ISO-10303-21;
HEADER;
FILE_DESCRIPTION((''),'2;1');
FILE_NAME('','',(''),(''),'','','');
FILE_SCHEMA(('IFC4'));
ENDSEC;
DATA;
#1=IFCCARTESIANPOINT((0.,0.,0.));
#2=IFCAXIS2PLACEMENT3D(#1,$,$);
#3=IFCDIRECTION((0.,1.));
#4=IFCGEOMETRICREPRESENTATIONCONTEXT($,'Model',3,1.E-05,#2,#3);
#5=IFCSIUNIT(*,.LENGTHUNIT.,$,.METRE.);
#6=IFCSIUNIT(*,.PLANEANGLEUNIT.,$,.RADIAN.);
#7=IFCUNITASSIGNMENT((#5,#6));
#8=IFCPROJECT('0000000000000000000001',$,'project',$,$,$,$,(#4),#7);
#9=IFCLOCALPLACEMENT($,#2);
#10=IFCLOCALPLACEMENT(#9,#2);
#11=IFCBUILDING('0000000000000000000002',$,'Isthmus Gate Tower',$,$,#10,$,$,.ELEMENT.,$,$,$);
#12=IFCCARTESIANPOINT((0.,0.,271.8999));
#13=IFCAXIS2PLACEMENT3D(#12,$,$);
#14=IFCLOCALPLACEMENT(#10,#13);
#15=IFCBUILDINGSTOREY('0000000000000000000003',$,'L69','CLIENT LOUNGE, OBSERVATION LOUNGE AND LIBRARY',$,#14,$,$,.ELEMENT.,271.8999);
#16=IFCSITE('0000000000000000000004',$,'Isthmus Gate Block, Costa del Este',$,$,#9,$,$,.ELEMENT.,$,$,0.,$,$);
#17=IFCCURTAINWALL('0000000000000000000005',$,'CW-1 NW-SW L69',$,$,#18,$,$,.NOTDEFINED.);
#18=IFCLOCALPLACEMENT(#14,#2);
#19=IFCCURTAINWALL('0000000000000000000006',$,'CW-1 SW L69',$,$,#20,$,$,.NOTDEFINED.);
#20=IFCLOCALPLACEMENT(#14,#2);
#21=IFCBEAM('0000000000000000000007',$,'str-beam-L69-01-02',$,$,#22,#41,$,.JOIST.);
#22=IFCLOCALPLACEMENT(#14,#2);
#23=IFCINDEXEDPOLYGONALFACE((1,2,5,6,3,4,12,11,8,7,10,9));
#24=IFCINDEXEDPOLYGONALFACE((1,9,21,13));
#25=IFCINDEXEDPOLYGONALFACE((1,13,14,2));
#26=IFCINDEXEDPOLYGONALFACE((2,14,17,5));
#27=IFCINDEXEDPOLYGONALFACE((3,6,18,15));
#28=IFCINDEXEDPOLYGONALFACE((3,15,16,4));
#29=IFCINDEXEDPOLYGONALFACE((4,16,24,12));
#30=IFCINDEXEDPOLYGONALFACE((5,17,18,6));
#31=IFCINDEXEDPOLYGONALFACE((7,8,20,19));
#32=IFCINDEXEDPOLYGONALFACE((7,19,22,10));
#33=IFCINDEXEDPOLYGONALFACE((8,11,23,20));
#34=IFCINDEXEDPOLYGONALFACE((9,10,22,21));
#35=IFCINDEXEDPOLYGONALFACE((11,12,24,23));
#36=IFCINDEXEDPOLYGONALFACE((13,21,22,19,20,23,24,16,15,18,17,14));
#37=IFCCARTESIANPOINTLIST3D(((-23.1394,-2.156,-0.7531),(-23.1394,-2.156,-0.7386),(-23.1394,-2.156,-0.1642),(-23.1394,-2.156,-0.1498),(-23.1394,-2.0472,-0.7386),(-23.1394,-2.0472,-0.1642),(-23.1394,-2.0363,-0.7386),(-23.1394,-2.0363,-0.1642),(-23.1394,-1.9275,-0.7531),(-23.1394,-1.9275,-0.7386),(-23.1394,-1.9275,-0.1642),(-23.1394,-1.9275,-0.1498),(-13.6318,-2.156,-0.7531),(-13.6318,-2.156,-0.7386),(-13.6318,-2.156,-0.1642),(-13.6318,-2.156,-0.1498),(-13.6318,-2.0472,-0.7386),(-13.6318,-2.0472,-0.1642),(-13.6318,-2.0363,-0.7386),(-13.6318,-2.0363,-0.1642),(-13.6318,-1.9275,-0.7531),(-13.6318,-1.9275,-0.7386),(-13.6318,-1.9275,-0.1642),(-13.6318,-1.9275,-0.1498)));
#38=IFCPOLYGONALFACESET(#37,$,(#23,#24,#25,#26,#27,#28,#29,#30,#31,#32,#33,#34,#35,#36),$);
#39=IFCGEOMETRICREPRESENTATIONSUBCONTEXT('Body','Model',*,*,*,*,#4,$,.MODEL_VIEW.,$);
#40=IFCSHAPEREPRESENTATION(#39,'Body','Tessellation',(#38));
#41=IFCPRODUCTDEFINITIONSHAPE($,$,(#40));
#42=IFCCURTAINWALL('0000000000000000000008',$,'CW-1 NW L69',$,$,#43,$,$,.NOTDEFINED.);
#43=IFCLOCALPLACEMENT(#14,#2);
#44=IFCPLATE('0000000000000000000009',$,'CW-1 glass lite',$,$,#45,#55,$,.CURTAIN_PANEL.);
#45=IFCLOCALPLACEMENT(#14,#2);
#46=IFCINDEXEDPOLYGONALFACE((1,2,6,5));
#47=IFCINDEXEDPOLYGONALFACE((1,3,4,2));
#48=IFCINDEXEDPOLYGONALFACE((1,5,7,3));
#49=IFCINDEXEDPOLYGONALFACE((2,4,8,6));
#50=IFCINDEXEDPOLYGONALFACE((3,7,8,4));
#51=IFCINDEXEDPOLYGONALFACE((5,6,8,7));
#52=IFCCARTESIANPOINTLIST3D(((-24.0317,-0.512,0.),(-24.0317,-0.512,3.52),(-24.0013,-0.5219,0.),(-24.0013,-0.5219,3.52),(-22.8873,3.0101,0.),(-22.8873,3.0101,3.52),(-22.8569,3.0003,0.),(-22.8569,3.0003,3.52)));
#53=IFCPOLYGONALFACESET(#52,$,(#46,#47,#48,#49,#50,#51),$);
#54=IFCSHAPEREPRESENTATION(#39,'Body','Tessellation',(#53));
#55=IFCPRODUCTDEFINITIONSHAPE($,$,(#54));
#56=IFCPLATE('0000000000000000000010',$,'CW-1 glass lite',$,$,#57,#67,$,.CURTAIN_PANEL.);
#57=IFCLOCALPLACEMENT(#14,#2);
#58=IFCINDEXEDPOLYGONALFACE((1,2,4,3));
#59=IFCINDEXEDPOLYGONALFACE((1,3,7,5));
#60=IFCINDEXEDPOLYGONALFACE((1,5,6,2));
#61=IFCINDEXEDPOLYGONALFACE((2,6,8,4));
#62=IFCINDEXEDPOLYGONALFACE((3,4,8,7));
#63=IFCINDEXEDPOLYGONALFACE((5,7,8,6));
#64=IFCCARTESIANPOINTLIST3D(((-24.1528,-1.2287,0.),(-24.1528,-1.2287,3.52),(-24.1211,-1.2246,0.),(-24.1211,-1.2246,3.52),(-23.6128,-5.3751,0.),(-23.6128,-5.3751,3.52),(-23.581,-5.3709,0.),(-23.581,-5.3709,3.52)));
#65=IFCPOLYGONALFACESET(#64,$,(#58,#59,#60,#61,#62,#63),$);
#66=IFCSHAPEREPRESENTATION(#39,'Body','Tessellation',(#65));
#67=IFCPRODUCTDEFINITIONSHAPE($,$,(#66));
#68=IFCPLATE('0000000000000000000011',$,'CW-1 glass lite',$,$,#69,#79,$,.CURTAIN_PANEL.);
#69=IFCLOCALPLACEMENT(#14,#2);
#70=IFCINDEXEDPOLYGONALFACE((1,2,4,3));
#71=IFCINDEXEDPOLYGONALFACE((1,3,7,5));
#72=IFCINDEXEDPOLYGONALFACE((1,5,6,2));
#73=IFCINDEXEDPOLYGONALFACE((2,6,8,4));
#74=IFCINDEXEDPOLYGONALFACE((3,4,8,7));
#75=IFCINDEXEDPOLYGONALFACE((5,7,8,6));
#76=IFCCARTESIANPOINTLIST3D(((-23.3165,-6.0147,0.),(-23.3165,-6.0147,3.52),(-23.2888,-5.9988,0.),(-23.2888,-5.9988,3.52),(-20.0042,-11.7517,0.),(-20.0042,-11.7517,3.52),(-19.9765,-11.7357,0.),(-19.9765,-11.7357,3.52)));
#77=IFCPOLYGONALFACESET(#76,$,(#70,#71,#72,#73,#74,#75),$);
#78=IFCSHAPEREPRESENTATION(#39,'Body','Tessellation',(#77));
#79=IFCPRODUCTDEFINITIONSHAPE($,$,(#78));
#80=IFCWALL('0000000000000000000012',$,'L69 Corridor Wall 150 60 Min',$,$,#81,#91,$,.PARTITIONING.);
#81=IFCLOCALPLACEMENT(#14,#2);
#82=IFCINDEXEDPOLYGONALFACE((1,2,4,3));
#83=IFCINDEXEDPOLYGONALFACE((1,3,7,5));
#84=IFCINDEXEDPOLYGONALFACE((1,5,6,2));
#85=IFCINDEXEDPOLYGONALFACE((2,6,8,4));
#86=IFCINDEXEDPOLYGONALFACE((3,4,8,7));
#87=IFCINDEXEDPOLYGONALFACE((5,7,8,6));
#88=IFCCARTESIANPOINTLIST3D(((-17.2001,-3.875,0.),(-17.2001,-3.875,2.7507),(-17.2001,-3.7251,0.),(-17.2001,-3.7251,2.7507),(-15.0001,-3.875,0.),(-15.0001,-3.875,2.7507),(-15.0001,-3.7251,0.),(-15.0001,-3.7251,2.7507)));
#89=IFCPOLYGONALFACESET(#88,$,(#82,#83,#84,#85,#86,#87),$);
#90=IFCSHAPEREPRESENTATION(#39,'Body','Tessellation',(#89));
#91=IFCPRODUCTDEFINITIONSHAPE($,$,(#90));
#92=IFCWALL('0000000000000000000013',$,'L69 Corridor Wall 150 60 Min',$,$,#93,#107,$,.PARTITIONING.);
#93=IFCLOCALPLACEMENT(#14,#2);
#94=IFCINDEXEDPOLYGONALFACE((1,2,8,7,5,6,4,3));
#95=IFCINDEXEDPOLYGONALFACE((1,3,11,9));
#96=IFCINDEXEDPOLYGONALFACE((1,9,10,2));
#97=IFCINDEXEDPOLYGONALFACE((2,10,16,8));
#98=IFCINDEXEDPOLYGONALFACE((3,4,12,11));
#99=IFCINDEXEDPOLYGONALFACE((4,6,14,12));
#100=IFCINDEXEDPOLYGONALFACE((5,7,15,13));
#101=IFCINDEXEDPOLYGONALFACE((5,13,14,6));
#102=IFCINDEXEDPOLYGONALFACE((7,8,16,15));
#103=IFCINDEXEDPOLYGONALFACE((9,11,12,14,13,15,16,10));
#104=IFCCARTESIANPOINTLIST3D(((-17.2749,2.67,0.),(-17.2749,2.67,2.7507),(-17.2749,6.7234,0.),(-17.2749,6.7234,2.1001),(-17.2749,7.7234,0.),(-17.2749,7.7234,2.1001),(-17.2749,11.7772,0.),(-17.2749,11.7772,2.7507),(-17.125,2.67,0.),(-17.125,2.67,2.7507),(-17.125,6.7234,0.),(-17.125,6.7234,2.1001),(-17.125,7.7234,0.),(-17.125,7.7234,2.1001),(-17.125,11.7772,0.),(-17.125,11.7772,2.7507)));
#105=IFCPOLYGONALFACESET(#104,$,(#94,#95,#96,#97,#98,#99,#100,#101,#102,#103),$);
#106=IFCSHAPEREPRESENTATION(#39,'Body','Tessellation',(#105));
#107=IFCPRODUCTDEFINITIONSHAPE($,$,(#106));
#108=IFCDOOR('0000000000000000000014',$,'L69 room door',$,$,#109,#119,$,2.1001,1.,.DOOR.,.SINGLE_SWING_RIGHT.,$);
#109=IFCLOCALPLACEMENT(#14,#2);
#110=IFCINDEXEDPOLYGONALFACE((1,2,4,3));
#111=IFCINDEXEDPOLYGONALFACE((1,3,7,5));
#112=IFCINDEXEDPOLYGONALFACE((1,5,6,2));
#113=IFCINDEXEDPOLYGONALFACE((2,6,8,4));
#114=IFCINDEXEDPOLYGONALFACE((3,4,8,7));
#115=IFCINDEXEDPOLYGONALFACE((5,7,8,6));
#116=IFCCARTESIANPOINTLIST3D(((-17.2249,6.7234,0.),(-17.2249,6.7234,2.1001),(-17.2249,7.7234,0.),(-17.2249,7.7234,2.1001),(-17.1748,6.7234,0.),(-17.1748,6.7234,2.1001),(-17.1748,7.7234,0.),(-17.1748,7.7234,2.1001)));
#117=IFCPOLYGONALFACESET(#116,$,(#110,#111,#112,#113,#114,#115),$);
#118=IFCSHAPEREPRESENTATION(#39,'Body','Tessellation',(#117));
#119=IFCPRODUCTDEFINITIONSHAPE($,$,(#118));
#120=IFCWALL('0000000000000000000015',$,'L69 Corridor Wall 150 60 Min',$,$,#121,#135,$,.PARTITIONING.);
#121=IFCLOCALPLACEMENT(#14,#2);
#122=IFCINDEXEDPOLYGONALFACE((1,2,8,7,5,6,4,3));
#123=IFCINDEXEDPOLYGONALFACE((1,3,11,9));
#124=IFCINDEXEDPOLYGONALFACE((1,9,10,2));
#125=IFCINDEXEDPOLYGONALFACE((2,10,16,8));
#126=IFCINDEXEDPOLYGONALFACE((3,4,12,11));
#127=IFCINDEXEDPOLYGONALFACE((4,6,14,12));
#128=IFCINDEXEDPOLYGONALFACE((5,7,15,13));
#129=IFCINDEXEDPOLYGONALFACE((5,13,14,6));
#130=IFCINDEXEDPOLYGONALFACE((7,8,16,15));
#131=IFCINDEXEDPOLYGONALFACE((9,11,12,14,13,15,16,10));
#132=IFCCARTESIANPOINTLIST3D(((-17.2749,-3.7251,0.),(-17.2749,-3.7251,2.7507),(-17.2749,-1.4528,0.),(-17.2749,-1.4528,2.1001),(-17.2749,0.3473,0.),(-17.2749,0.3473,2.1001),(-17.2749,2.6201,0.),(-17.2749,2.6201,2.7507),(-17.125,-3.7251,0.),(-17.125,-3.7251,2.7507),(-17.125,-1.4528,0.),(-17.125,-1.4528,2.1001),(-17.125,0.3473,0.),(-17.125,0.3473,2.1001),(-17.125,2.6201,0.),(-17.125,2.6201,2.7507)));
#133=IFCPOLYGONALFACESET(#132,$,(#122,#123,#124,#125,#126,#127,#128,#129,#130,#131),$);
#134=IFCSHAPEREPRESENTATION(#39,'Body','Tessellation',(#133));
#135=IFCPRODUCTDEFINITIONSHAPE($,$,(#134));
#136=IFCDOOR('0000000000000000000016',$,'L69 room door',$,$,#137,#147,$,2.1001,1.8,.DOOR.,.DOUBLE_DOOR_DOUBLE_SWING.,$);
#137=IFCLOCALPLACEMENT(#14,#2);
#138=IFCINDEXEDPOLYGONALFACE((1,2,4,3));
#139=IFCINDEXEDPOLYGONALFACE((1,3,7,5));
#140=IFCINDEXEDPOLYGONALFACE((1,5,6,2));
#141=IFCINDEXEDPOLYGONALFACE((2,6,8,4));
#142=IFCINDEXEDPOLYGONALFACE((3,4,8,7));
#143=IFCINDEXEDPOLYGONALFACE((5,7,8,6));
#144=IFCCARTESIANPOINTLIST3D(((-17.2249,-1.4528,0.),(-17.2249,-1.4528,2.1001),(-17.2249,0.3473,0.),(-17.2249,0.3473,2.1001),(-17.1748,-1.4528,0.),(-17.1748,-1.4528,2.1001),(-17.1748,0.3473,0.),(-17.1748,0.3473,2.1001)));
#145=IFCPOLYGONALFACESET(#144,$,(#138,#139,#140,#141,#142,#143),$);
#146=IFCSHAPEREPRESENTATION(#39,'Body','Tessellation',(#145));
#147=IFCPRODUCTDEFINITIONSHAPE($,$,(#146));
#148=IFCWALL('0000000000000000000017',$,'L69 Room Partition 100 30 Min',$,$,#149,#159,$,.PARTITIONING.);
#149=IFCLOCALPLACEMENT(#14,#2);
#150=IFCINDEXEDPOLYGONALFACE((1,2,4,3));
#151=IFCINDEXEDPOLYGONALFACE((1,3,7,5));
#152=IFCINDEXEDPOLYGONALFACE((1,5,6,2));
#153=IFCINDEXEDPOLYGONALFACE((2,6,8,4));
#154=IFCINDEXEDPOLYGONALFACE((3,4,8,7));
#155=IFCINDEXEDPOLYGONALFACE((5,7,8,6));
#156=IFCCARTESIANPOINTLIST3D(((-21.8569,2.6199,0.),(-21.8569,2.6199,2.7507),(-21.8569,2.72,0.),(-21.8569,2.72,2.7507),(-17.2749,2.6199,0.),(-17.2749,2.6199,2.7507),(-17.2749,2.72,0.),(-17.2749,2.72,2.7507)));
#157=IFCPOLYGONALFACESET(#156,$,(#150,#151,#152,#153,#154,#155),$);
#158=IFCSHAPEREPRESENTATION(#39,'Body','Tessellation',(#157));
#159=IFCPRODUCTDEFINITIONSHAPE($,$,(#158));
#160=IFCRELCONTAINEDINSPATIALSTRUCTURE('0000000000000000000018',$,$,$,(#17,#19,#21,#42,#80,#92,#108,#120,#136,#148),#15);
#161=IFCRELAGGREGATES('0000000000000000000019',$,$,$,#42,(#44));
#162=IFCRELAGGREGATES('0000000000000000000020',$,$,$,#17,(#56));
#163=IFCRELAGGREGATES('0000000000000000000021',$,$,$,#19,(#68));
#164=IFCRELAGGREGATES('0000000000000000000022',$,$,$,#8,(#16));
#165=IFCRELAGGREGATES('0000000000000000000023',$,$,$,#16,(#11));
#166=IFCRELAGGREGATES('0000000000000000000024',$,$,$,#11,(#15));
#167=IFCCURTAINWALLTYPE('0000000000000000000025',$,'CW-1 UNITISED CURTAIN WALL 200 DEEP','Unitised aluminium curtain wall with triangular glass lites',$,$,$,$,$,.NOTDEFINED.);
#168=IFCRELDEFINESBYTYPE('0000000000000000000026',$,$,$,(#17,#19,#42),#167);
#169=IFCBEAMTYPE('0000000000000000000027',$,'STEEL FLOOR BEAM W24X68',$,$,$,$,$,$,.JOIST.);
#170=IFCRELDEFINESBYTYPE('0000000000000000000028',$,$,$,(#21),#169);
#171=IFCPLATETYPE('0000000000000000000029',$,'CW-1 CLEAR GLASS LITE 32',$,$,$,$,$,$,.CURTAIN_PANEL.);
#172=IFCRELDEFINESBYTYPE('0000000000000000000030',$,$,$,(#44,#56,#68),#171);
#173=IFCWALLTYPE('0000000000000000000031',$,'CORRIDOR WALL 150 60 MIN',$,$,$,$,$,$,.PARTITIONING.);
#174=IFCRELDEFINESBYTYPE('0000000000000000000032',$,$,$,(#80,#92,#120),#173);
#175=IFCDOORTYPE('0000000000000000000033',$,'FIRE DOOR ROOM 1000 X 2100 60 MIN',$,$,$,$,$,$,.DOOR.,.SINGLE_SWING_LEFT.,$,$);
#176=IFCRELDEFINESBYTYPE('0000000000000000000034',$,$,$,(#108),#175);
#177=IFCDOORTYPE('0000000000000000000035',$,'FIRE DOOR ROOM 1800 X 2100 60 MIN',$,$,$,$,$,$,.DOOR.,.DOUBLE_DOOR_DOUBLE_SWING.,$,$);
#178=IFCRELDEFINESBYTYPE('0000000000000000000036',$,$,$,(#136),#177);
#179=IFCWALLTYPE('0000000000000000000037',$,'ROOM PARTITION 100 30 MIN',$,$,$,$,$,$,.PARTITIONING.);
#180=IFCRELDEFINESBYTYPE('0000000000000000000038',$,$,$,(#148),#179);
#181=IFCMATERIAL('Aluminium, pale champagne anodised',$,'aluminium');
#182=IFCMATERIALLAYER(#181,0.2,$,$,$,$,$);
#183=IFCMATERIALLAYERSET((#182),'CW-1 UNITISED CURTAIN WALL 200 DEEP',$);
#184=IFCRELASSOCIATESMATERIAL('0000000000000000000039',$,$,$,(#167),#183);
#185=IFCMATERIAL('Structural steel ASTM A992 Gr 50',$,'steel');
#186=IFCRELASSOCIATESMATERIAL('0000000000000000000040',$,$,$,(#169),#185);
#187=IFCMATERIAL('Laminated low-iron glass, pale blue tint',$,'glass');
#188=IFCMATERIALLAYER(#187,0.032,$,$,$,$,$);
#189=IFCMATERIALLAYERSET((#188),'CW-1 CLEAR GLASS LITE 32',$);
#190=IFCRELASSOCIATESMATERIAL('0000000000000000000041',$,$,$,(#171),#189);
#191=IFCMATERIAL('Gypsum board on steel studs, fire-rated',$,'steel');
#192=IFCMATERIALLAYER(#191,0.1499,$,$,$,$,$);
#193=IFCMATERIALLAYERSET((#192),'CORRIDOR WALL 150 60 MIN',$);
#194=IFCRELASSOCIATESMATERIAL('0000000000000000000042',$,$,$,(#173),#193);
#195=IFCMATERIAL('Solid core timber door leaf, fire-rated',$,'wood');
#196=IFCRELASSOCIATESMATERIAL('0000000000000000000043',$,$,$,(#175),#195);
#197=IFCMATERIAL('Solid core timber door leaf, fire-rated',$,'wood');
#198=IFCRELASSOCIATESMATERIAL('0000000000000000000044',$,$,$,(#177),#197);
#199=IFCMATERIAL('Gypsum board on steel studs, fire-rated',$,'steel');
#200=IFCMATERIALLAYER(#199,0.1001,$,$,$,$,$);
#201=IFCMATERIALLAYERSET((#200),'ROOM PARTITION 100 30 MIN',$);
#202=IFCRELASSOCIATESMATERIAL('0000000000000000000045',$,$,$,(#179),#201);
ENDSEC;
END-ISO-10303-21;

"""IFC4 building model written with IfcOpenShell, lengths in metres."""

from ifc_helpers import new_model, si_unit, direction, frame, frame_2d, origin, origin_2d, place, context, subcontext, project, spatial, rectangle, i_section, extrude, material, layer, layer_set, material_profile, profile_set, type_object, element, fill, aggregate, save


model = new_model("IFC4")

# Units and contexts
model_context = context("Model", 3, precision=1e-05, world=origin(), true_north=direction((0.0, 1.0)))
body_context = subcontext(model_context, "Body", "Model", "MODEL_VIEW")
ifc_project = project(units=[si_unit("LENGTHUNIT", "METRE"), si_unit("PLANEANGLEUNIT", "RADIAN")], contexts=[model_context])

# Site, building, storey
site_placement = place(None, origin())
site = spatial("IfcSite", under=ifc_project, at=site_placement, Name="Isthmus Gate Block, Costa del Este", CompositionType="ELEMENT", RefElevation=0.0)
building_placement = place(site_placement, origin())
building = spatial("IfcBuilding", under=site, at=building_placement, Name="Isthmus Gate Tower", CompositionType="ELEMENT")
storey_placement = place(building_placement, frame((0.0, 0.0, 271.8999)))
storey = spatial("IfcBuildingStorey", under=building, at=storey_placement, Name="L69", Description="CLIENT LOUNGE, OBSERVATION LOUNGE AND LIBRARY", CompositionType="ELEMENT", Elevation=271.8999)

# Curtain walls
ifc_material_1 = material(Name="Aluminium, pale champagne anodised", Category="aluminium")
ifc_layer_1 = layer(ifc_material_1, 0.2)
ifc_layer_set_1 = layer_set([ifc_layer_1], Name="CW-1 UNITISED CURTAIN WALL 200 DEEP")
curtain_wall_type = type_object("IfcCurtainWallType", Name="CW-1 UNITISED CURTAIN WALL 200 DEEP", Description="Unitised aluminium curtain wall with triangular glass lites", PredefinedType="NOTDEFINED", material=ifc_layer_set_1)
curtain_wall_1_placement = place(storey_placement, origin())
curtain_wall_1 = element("IfcCurtainWall", 1, at=curtain_wall_1_placement, inside=storey, type_object=curtain_wall_type, Name="CW-1 NW-SW L69", PredefinedType="NOTDEFINED")
curtain_wall_2_placement = place(storey_placement, origin())
curtain_wall_2 = element("IfcCurtainWall", 2, at=curtain_wall_2_placement, inside=storey, type_object=curtain_wall_type, Name="CW-1 SW L69", PredefinedType="NOTDEFINED")

# Beam
ifc_material_2 = material(Name="Structural steel ASTM A992 Gr 50", Category="steel")
ifc_material_profile_1 = material_profile(ifc_material_2, i_section(OverallWidth=0.2285, OverallDepth=0.6033, WebThickness=0.011, FlangeThickness=0.0144, at=origin_2d()), Name="W24X68")
ifc_profile_set_1 = profile_set([ifc_material_profile_1], Name="Structural steel ASTM A992 Gr 50")
beam_type_1 = type_object("IfcBeamType", Name="STEEL FLOOR BEAM W24X68", PredefinedType="JOIST", material=ifc_profile_set_1)
beam_1_placement = place(storey_placement, frame((-23.1394, -2.0417, -0.4514), z_axis=(1.0, 0.0, 0.0), x_axis=(0.0, 1.0, 0.0)))
element("IfcBeam", 3, at=beam_1_placement, inside=storey, type_object=beam_type_1, Name="str-beam-L69-01-02", PredefinedType="JOIST", context=body_context, shape_type="SweptSolid", body=[
    extrude(i_section(OverallWidth=0.2285, OverallDepth=0.6033, WebThickness=0.011, FlangeThickness=0.0144, at=origin_2d()), origin(), (0.0, 0.0, 1.0), 9.5076),
])

# Curtain wall, plate
curtain_wall_3_placement = place(storey_placement, origin())
curtain_wall_3 = element("IfcCurtainWall", 4, at=curtain_wall_3_placement, inside=storey, type_object=curtain_wall_type, Name="CW-1 NW L69", PredefinedType="NOTDEFINED")
ifc_material_3 = material(Name="Laminated low-iron glass, pale blue tint", Category="glass")
ifc_layer_2 = layer(ifc_material_3, 0.032)
ifc_layer_set_2 = layer_set([ifc_layer_2], Name="CW-1 CLEAR GLASS LITE 32")
plate_type = type_object("IfcPlateType", Name="CW-1 CLEAR GLASS LITE 32", PredefinedType="CURTAIN_PANEL", material=ifc_layer_set_2)
plate_1_placement = place(storey_placement, frame((-23.4443, 1.2441, 0.0), z_axis=(0.0, 0.0, 1.0), x_axis=(-0.309017, -0.951057, 0.0)))
plate_1 = element("IfcPlate", 5, at=plate_1_placement, type_object=plate_type, Name="CW-1 glass lite", PredefinedType="CURTAIN_PANEL", context=body_context, shape_type="SweptSolid", body=[
    extrude(rectangle(XDim=3.7034, YDim=0.032, at=origin_2d()), origin(), (0.0, 0.0, 1.0), 3.52),
])
aggregate(curtain_wall_3, [plate_1])

# Plates
plate_2_placement = place(storey_placement, frame((-23.8669, -3.2998, 0.0), z_axis=(0.0, 0.0, 1.0), x_axis=(0.129165, -0.991623, 0.0)))
plate_2 = element("IfcPlate", 6, at=plate_2_placement, type_object=plate_type, Name="CW-1 glass lite", PredefinedType="CURTAIN_PANEL", context=body_context, shape_type="SweptSolid", body=[
    extrude(rectangle(XDim=4.1814, YDim=0.032, at=origin_2d()), origin(), (0.0, 0.0, 1.0), 3.52),
])
aggregate(curtain_wall_1, [plate_2])
plate_3_placement = place(storey_placement, frame((-21.6465, -8.8752, 0.0), z_axis=(0.0, 0.0, 1.0), x_axis=(0.5, -0.866025, 0.0)))
plate_3 = element("IfcPlate", 7, at=plate_3_placement, type_object=plate_type, Name="CW-1 glass lite", PredefinedType="CURTAIN_PANEL", context=body_context, shape_type="SweptSolid", body=[
    extrude(rectangle(XDim=6.6245, YDim=0.032, at=origin_2d()), origin(), (0.0, 0.0, 1.0), 3.52),
])
aggregate(curtain_wall_2, [plate_3])

# Wall
ifc_material_4 = material(Name="Gypsum board on steel studs, fire-rated", Category="steel")
ifc_layer_3 = layer(ifc_material_4, 0.1499)
ifc_layer_set_3 = layer_set([ifc_layer_3], Name="CORRIDOR WALL 150 60 MIN")
wall_type_1 = type_object("IfcWallType", Name="CORRIDOR WALL 150 60 MIN", PredefinedType="PARTITIONING", material=ifc_layer_set_3)
wall_1_placement = place(storey_placement, frame((-15.0, -3.8, 0.0), z_axis=(0.0, 0.0, 1.0), x_axis=(-1.0, 0.0, 0.0)))
element("IfcWall", 8, at=wall_1_placement, inside=storey, type_object=wall_type_1, Name="L69 Corridor Wall 150 60 Min", PredefinedType="PARTITIONING", context=body_context, shape_type="SweptSolid", body=[
    extrude(rectangle(XDim=2.2, YDim=0.1499, at=frame_2d((1.1001, 0.0))), origin(), (0.0, 0.0, 1.0), 2.7507),
])

# Walls, openings, doors
wall_2_placement = place(storey_placement, frame((-17.2, 2.6699, 0.0), z_axis=(0.0, 0.0, 1.0), x_axis=(0.0, 1.0, 0.0)))
wall_2 = element("IfcWall", 9, at=wall_2_placement, inside=storey, type_object=wall_type_1, Name="L69 Corridor Wall 150 60 Min", PredefinedType="PARTITIONING", context=body_context, shape_type="SweptSolid", body=[
    extrude(rectangle(XDim=9.1072, YDim=0.1499, at=frame_2d((4.5537, 0.0))), origin(), (0.0, 0.0, 1.0), 2.7507),
])
opening_1_placement = place(wall_2_placement, frame((4.0535, 0.0, 0.0)))
opening_1 = element("IfcOpeningElement", 10, at=opening_1_placement, cuts=wall_2, PredefinedType="OPENING", context=body_context, shape_type="SweptSolid", body=[
    extrude(rectangle(XDim=1.0, YDim=2.1001, at=frame_2d((0.5, 1.05))), frame((0.0, 0.085, 0.0), z_axis=(0.0, -1.0, 0.0), x_axis=(1.0, 0.0, 0.0)), (0.0, 0.0, 1.0), 0.1699),
])
ifc_material_5 = material(Name="Solid core timber door leaf, fire-rated", Category="wood")
door_type_1 = type_object("IfcDoorType", Name="FIRE DOOR ROOM 1000 X 2100 60 MIN", OperationType="SINGLE_SWING_LEFT", PredefinedType="DOOR", material=ifc_material_5)
door_1_placement = place(opening_1_placement, origin())
door_1 = element("IfcDoor", 11, at=door_1_placement, inside=storey, type_object=door_type_1, Name="L69 room door", OperationType="SINGLE_SWING_RIGHT", OverallHeight=2.1001, OverallWidth=1.0, PredefinedType="DOOR", context=body_context, shape_type="SweptSolid", body=[
    extrude(rectangle(XDim=1.0, YDim=2.1001, at=frame_2d((0.5, 1.05))), frame((0.0, 0.0249, 0.0), z_axis=(0.0, -1.0, 0.0), x_axis=(1.0, 0.0, 0.0)), (0.0, 0.0, 1.0), 0.05),
])
fill(opening_1, door_1)
wall_3_placement = place(storey_placement, frame((-17.2, -3.7251, 0.0), z_axis=(0.0, 0.0, 1.0), x_axis=(0.0, 1.0, 0.0)))
wall_3 = element("IfcWall", 12, at=wall_3_placement, inside=storey, type_object=wall_type_1, Name="L69 Corridor Wall 150 60 Min", PredefinedType="PARTITIONING", context=body_context, shape_type="SweptSolid", body=[
    extrude(rectangle(XDim=6.3452, YDim=0.1499, at=frame_2d((3.1726, 0.0))), origin(), (0.0, 0.0, 1.0), 2.7507),
])
opening_2_placement = place(wall_3_placement, frame((2.2725, 0.0, 0.0)))
opening_2 = element("IfcOpeningElement", 13, at=opening_2_placement, cuts=wall_3, PredefinedType="OPENING", context=body_context, shape_type="SweptSolid", body=[
    extrude(rectangle(XDim=1.8, YDim=2.1001, at=frame_2d((0.8999, 1.05))), frame((0.0, 0.085, 0.0), z_axis=(0.0, -1.0, 0.0), x_axis=(1.0, 0.0, 0.0)), (0.0, 0.0, 1.0), 0.1699),
])
ifc_material_6 = material(Name="Solid core timber door leaf, fire-rated", Category="wood")
door_type_2 = type_object("IfcDoorType", Name="FIRE DOOR ROOM 1800 X 2100 60 MIN", OperationType="DOUBLE_DOOR_DOUBLE_SWING", PredefinedType="DOOR", material=ifc_material_6)
door_2_placement = place(opening_2_placement, origin())
door_2 = element("IfcDoor", 14, at=door_2_placement, inside=storey, type_object=door_type_2, Name="L69 room door", OperationType="DOUBLE_DOOR_DOUBLE_SWING", OverallHeight=2.1001, OverallWidth=1.8, PredefinedType="DOOR", context=body_context, shape_type="SweptSolid", body=[
    extrude(rectangle(XDim=1.8, YDim=2.1001, at=frame_2d((0.8999, 1.05))), frame((0.0, 0.0249, 0.0), z_axis=(0.0, -1.0, 0.0), x_axis=(1.0, 0.0, 0.0)), (0.0, 0.0, 1.0), 0.05),
])
fill(opening_2, door_2)

# Wall
ifc_material_7 = material(Name="Gypsum board on steel studs, fire-rated", Category="steel")
ifc_layer_4 = layer(ifc_material_7, 0.1001)
ifc_layer_set_4 = layer_set([ifc_layer_4], Name="ROOM PARTITION 100 30 MIN")
wall_type_2 = type_object("IfcWallType", Name="ROOM PARTITION 100 30 MIN", PredefinedType="PARTITIONING", material=ifc_layer_set_4)
wall_4_placement = place(storey_placement, frame((-21.8569, 2.6699, 0.0), z_axis=(0.0, 0.0, 1.0), x_axis=(1.0, 0.0, 0.0)))
element("IfcWall", 15, at=wall_4_placement, inside=storey, type_object=wall_type_2, Name="L69 Room Partition 100 30 Min", PredefinedType="PARTITIONING", context=body_context, shape_type="SweptSolid", body=[
    extrude(rectangle(XDim=4.582, YDim=0.1001, at=frame_2d((2.291, 0.0))), origin(), (0.0, 0.0, 1.0), 2.7507),
])

save(model, "model.ifc")
